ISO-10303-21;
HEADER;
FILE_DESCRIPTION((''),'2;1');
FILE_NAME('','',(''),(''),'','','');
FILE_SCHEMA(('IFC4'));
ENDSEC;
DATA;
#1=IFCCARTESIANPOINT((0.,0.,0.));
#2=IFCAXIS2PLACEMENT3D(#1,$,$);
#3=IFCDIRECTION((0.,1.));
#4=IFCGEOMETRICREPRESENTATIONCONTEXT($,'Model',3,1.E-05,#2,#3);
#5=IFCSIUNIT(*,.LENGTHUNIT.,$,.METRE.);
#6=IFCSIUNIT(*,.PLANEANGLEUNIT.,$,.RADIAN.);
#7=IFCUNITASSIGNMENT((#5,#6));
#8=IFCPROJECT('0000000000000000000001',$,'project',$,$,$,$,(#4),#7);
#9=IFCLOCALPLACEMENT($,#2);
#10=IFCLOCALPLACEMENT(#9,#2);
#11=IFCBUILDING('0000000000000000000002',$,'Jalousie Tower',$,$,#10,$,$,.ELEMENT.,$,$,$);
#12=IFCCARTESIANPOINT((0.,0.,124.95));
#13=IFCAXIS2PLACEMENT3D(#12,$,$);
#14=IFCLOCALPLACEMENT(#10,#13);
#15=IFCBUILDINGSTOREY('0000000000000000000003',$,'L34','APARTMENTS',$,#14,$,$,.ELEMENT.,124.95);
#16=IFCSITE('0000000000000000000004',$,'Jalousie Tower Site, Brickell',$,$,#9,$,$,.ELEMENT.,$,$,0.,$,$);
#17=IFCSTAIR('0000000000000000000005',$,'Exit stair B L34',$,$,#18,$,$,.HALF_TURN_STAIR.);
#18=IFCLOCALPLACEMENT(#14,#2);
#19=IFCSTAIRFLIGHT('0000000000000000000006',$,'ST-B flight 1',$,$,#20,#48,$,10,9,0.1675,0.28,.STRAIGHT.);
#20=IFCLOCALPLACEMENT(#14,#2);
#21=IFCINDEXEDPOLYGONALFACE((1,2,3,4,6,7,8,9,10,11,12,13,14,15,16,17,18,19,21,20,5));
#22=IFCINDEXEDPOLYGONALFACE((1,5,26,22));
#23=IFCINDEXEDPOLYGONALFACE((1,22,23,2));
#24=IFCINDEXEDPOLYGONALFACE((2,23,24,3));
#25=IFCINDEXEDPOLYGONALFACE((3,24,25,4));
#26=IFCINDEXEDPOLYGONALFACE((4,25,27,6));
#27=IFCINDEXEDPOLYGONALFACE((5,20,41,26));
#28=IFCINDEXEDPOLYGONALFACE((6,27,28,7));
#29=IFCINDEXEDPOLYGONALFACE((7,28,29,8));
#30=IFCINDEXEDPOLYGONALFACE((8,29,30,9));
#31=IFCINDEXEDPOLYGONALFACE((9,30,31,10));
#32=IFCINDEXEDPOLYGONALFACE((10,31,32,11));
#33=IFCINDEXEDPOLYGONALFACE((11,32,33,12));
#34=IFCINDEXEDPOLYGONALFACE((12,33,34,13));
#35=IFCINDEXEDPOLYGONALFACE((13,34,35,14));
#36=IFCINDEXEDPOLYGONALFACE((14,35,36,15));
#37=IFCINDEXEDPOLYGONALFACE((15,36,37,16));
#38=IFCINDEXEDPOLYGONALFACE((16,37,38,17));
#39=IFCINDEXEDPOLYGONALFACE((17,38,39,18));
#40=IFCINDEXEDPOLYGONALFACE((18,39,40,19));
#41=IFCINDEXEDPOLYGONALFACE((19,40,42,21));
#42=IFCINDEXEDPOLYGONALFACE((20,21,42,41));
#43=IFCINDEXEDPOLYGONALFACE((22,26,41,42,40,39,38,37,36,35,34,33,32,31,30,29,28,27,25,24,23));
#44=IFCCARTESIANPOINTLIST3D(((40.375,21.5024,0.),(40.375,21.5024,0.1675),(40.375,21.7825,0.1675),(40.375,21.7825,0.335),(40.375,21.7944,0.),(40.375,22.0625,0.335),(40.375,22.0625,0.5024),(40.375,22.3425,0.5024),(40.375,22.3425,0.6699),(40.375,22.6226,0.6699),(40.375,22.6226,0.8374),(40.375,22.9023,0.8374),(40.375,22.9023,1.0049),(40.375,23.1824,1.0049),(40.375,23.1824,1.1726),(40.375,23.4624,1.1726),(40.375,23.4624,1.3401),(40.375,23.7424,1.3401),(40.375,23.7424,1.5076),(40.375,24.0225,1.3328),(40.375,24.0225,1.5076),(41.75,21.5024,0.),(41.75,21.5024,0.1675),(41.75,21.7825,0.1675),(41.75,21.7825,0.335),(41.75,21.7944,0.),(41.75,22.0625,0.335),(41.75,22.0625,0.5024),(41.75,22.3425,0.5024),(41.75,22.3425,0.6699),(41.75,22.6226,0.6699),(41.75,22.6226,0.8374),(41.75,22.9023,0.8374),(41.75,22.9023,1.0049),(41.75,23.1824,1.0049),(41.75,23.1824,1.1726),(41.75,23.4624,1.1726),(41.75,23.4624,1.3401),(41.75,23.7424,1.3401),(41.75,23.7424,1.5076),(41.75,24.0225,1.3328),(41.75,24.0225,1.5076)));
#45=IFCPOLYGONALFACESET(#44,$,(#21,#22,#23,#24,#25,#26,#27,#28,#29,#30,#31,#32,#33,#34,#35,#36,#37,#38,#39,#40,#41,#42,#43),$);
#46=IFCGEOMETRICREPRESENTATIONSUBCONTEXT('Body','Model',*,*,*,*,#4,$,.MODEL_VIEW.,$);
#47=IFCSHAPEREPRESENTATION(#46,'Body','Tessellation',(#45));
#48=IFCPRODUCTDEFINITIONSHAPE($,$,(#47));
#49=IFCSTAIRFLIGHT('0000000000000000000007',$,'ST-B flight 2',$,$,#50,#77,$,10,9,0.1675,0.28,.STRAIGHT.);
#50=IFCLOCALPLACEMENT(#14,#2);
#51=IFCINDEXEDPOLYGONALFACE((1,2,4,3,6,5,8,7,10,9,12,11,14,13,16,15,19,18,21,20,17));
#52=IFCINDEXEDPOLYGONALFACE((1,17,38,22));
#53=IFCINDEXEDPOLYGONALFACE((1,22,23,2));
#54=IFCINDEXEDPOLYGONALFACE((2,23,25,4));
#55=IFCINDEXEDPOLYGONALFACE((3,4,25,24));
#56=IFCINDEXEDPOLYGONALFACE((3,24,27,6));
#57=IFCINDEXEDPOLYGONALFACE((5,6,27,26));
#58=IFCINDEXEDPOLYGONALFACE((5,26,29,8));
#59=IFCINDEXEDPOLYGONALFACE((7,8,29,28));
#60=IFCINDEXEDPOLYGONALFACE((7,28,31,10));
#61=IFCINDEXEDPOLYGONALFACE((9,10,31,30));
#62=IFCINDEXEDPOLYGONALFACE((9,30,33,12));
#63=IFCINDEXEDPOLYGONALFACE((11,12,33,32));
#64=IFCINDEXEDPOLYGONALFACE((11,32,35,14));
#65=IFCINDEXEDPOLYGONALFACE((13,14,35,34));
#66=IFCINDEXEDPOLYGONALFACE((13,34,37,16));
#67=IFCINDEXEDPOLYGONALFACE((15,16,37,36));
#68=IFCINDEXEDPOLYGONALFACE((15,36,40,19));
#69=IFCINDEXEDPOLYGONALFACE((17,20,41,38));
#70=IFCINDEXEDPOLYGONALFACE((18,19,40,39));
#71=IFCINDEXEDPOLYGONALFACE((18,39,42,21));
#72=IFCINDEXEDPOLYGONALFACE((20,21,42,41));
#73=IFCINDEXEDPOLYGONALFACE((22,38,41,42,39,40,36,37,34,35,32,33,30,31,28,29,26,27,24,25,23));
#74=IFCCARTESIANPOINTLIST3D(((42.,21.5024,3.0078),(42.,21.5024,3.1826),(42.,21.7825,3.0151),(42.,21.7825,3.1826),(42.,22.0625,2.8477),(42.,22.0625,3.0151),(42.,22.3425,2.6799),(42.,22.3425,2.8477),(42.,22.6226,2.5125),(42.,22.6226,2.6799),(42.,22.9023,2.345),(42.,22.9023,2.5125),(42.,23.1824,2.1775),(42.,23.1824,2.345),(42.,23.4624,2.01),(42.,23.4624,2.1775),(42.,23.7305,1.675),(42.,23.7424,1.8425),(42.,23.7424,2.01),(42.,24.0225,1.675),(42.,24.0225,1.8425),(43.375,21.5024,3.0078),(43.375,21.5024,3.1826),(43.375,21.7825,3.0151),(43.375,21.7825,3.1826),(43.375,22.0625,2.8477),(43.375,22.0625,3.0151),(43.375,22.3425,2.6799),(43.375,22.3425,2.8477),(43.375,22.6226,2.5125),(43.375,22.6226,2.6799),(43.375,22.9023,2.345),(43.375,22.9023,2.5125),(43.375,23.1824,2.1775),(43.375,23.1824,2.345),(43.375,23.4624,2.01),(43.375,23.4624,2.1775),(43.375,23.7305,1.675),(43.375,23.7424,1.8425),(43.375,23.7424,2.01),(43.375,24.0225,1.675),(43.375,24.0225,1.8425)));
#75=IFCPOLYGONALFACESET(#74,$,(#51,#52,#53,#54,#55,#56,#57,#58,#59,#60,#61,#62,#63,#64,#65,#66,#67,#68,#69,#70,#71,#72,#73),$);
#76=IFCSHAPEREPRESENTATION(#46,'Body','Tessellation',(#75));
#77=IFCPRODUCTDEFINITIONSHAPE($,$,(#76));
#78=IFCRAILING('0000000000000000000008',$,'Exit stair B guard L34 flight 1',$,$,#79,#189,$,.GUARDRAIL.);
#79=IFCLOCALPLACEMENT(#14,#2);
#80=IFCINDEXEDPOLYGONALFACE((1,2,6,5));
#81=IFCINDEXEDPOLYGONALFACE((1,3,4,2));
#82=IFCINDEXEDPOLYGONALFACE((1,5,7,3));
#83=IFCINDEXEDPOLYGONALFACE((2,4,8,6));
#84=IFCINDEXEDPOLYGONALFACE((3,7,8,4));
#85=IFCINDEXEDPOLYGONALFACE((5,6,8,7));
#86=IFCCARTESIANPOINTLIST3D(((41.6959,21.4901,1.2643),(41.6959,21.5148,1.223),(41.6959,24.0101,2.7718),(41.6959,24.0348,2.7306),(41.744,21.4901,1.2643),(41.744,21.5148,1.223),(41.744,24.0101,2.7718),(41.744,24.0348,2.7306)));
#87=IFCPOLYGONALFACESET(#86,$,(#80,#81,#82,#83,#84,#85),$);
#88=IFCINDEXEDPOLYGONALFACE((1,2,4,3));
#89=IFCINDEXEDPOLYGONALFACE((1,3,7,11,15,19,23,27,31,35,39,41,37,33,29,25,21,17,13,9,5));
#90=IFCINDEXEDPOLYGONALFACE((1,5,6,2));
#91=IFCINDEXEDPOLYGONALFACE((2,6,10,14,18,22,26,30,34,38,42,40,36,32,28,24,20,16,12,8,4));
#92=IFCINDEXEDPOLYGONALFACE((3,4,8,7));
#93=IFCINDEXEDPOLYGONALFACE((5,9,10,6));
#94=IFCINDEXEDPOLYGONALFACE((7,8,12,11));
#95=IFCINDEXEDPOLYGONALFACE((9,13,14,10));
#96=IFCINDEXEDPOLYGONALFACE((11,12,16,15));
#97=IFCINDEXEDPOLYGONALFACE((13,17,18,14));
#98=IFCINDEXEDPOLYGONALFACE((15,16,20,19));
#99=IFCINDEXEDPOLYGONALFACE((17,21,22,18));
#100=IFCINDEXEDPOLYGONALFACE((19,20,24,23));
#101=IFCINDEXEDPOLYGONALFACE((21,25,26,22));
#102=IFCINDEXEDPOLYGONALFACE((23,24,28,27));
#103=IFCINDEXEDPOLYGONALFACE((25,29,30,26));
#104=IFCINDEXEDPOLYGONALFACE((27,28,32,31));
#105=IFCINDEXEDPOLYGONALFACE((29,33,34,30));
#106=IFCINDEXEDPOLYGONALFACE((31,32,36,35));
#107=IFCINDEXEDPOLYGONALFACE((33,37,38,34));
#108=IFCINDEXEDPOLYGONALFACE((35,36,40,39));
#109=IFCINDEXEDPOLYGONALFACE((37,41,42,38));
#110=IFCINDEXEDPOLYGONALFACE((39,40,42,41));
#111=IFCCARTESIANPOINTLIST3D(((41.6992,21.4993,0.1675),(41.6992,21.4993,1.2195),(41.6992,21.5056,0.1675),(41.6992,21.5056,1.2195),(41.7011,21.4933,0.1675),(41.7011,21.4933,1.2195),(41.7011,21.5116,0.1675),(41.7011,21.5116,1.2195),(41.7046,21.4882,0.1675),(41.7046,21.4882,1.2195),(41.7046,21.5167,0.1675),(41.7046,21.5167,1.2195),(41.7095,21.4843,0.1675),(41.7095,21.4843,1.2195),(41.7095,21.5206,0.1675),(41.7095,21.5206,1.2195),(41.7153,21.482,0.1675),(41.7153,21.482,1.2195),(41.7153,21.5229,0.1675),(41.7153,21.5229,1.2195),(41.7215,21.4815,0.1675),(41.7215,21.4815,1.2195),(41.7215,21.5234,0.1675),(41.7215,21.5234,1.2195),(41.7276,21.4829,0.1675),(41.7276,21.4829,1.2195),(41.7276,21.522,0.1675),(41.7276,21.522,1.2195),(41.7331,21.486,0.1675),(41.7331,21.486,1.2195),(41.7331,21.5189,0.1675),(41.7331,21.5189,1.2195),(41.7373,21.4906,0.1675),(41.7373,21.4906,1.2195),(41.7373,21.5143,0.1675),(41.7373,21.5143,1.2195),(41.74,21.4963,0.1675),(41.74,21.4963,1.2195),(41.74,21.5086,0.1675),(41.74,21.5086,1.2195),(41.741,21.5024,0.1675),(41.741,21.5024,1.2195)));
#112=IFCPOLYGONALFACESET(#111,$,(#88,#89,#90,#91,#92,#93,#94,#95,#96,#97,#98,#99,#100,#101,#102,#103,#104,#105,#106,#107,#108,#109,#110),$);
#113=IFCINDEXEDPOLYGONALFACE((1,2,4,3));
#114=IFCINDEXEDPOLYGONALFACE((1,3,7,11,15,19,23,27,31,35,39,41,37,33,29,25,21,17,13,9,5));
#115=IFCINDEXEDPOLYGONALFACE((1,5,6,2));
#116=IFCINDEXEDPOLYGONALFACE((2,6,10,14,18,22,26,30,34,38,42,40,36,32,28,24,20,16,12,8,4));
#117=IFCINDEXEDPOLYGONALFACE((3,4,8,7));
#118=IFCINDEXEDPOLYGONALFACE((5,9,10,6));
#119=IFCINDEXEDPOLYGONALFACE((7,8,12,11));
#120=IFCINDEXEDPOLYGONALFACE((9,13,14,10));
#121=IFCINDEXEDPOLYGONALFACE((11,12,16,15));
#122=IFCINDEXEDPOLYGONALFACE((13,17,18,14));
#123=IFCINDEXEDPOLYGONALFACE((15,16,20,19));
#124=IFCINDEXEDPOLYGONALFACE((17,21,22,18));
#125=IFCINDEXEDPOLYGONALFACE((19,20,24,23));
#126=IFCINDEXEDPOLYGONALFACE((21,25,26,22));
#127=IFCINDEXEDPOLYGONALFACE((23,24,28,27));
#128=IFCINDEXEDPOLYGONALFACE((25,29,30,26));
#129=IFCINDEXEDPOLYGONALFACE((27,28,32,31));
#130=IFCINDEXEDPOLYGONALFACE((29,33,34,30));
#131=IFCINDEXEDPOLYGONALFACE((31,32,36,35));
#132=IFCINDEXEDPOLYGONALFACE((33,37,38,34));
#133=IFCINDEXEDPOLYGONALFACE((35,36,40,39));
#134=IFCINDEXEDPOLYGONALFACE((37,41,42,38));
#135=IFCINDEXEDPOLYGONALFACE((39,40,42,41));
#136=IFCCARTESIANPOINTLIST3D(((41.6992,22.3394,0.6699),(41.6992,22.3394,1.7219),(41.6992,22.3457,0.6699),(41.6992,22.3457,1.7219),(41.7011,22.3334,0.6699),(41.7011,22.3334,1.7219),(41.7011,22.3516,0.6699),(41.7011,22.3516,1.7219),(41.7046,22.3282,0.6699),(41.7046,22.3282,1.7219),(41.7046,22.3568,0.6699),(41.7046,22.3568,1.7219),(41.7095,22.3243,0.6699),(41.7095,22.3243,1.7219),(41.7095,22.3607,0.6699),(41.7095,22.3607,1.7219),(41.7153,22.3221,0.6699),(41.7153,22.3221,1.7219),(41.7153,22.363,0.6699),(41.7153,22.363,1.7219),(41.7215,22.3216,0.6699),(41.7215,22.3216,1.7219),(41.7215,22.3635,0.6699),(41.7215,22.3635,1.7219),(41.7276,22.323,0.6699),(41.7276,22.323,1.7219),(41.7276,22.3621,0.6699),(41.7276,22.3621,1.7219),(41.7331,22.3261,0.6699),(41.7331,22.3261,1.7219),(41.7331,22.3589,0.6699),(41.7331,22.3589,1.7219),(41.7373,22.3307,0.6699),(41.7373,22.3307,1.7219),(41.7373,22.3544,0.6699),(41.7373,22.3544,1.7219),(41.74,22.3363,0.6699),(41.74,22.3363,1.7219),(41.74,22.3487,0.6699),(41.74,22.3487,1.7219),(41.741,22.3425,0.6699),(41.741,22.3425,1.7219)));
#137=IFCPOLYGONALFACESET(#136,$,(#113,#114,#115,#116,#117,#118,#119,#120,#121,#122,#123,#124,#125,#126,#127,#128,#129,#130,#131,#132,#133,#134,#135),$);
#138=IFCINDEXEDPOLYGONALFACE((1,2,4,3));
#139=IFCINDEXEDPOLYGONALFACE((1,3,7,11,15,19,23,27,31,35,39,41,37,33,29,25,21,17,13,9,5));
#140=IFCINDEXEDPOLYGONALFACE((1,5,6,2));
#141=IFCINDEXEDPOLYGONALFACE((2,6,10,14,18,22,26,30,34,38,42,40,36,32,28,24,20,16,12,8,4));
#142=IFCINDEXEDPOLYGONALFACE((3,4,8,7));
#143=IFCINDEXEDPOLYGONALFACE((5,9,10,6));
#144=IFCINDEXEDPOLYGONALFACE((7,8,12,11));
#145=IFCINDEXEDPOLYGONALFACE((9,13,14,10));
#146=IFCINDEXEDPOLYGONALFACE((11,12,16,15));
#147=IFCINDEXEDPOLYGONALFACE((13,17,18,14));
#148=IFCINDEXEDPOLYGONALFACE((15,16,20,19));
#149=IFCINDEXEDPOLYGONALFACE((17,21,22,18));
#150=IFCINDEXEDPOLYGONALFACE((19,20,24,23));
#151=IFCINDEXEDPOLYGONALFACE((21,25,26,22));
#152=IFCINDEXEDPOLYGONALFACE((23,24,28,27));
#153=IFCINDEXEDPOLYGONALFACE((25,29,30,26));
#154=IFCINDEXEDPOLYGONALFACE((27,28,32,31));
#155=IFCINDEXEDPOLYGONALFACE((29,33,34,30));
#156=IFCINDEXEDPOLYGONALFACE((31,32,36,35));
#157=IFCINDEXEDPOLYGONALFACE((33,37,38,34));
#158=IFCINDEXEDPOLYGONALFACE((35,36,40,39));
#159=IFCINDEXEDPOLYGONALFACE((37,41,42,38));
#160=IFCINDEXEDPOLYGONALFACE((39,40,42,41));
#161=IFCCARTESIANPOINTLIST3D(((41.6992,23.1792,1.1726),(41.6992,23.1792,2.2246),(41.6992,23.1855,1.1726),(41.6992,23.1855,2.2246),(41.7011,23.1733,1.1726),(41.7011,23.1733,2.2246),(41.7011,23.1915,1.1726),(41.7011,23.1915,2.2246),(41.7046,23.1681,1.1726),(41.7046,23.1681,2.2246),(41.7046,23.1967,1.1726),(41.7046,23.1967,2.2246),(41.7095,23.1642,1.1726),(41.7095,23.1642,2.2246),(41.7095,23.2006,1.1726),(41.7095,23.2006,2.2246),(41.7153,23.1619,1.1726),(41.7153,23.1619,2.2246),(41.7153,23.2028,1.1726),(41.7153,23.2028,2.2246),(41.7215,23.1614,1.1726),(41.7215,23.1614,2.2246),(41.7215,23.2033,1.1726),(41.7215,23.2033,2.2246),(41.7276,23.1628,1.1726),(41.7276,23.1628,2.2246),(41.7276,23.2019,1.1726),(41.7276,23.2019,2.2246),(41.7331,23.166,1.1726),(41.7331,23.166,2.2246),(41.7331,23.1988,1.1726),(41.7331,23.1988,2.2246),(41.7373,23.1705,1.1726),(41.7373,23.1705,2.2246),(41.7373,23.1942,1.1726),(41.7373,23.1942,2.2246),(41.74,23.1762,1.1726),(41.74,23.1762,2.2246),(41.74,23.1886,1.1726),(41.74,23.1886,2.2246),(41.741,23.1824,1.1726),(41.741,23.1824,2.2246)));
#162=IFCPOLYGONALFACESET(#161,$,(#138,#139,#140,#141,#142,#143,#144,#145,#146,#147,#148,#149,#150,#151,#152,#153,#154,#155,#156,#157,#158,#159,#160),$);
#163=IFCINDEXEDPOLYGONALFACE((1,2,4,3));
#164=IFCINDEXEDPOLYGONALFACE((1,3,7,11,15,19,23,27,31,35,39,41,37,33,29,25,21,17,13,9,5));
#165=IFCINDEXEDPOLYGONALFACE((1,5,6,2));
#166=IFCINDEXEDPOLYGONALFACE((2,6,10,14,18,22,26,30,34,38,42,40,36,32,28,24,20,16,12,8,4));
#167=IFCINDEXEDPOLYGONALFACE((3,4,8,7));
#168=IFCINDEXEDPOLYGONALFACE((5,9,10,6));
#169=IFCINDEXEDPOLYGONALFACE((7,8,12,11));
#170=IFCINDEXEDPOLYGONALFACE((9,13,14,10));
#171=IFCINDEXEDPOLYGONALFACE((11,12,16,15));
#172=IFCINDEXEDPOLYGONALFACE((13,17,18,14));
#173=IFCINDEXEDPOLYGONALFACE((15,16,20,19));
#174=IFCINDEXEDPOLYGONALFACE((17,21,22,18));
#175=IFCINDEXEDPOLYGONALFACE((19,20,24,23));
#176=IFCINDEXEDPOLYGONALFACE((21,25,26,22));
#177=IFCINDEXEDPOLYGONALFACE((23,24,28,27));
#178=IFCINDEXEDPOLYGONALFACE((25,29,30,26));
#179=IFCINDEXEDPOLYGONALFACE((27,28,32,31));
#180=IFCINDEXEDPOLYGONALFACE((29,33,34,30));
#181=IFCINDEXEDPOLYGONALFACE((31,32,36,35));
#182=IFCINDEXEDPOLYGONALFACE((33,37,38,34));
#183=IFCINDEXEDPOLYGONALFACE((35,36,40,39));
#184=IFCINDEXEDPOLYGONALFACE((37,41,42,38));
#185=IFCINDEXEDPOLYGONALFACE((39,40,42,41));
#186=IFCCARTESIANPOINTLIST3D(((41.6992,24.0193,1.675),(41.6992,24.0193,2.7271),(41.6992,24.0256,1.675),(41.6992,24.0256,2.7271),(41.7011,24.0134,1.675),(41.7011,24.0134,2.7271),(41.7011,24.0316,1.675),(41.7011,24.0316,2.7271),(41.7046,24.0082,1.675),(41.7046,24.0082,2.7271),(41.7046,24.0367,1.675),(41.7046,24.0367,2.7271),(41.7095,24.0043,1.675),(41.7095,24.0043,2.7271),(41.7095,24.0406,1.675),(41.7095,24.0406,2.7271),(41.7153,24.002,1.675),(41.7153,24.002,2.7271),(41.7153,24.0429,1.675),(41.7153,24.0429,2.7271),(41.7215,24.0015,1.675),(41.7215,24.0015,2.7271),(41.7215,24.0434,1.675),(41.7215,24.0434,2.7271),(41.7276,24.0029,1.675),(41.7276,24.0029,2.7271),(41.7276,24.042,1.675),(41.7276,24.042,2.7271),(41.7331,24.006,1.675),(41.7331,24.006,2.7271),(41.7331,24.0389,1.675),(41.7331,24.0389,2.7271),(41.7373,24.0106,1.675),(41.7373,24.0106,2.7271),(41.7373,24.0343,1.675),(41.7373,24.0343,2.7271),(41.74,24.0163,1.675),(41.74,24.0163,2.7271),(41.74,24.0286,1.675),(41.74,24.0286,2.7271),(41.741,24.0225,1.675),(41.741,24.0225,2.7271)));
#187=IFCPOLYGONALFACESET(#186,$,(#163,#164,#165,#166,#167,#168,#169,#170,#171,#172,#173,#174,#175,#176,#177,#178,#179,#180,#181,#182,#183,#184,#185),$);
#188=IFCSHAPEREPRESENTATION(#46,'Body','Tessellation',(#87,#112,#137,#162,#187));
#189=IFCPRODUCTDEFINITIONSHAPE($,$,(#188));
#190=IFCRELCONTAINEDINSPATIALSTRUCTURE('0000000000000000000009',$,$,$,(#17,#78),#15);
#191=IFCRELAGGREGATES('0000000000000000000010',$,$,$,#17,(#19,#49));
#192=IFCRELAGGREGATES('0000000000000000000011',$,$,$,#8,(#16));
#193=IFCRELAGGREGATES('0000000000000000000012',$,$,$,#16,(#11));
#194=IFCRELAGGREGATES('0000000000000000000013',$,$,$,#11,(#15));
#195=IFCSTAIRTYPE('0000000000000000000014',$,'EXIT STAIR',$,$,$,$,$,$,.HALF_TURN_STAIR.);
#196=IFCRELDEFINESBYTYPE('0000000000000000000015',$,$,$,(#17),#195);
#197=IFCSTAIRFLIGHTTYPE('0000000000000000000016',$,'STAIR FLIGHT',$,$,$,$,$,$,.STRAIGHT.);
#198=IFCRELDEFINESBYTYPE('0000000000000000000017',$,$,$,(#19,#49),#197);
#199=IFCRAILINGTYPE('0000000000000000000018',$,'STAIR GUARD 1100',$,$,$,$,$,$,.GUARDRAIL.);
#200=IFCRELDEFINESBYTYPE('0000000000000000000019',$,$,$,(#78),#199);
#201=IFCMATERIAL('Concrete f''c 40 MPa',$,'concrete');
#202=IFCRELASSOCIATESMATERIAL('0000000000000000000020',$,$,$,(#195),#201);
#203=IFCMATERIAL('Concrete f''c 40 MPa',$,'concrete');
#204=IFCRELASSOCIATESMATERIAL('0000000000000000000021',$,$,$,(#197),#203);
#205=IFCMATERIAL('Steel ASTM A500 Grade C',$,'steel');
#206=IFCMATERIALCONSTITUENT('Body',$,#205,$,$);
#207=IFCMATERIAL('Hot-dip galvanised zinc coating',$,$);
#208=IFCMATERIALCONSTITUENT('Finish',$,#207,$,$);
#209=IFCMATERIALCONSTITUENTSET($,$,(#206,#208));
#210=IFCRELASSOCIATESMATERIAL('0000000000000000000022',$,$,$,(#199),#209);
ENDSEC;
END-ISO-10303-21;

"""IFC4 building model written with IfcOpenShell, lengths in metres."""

from ifc_helpers import new_model, si_unit, direction, frame, origin, origin_2d, place, context, subcontext, project, spatial, polyline, rectangle, circle, outline, extrude, material, constituent, constituent_set, type_object, element, aggregate, save


model = new_model("IFC4")

# Units and contexts
model_context = context("Model", 3, precision=1e-05, world=origin(), true_north=direction((0.0, 1.0)))
body_context = subcontext(model_context, "Body", "Model", "MODEL_VIEW")
ifc_project = project(units=[si_unit("LENGTHUNIT", "METRE"), si_unit("PLANEANGLEUNIT", "RADIAN")], contexts=[model_context])

# Site, building, storey
site_placement = place(None, origin())
site = spatial("IfcSite", under=ifc_project, at=site_placement, Name="Jalousie Tower Site, Brickell", CompositionType="ELEMENT", RefElevation=0.0)
building_placement = place(site_placement, origin())
building = spatial("IfcBuilding", under=site, at=building_placement, Name="Jalousie Tower", CompositionType="ELEMENT")
storey_placement = place(building_placement, frame((0.0, 0.0, 124.95)))
storey = spatial("IfcBuildingStorey", under=building, at=storey_placement, Name="L34", Description="APARTMENTS", CompositionType="ELEMENT", Elevation=124.95)

# Stair, stair flights
ifc_material_1 = material(Name="Concrete f'c 40 MPa", Category="concrete")
stair_type = type_object("IfcStairType", Name="EXIT STAIR", PredefinedType="HALF_TURN_STAIR", material=ifc_material_1)
stair_placement = place(storey_placement, origin())
stair = element("IfcStair", 1, at=stair_placement, inside=storey, type_object=stair_type, Name="Exit stair B L34", PredefinedType="HALF_TURN_STAIR")
ifc_material_2 = material(Name="Concrete f'c 40 MPa", Category="concrete")
stair_flight_type = type_object("IfcStairFlightType", Name="STAIR FLIGHT", PredefinedType="STRAIGHT", material=ifc_material_2)
stair_flight_1_placement = place(storey_placement, frame((41.0625, 21.5024, 0.0), z_axis=(0.0, 0.0, 1.0), x_axis=(0.0, 1.0, 0.0)))
stair_flight_1 = element("IfcStairFlight", 2, at=stair_flight_1_placement, type_object=stair_flight_type, Name="ST-B flight 1", NumberOfRisers=10, NumberOfTreads=9, PredefinedType="STRAIGHT", RiserHeight=0.1675, TreadLength=0.28, context=body_context, shape_type="SweptSolid", body=[
    extrude(outline(polyline([(0.0, 0.0), (0.0, 0.1675), (0.28, 0.1675), (0.28, 0.335), (0.5601, 0.335), (0.5601, 0.5024), (0.8401, 0.5024), (0.8401, 0.6699), (1.1201, 0.6699), (1.1201, 0.8374), (1.3999, 0.8374), (1.3999, 1.0049), (1.6799, 1.0049), (1.6799, 1.1726), (1.96, 1.1726), (1.96, 1.3401), (2.24, 1.3401), (2.24, 1.5076), (2.52, 1.5076), (2.52, 1.675), (2.52, 1.3328), (0.292, 0.0), (0.0, 0.0)])), frame((0.0, 0.6875, 0.0), z_axis=(0.0, -1.0, 0.0), x_axis=(1.0, 0.0, 0.0)), (0.0, 0.0, 1.0), 1.375),
])
stair_flight_2_placement = place(storey_placement, frame((42.6875, 24.0225, 1.675), z_axis=(0.0, 0.0, 1.0), x_axis=(0.0, -1.0, 0.0)))
stair_flight_2 = element("IfcStairFlight", 3, at=stair_flight_2_placement, type_object=stair_flight_type, Name="ST-B flight 2", NumberOfRisers=10, NumberOfTreads=9, PredefinedType="STRAIGHT", RiserHeight=0.1675, TreadLength=0.28, context=body_context, shape_type="SweptSolid", body=[
    extrude(outline(polyline([(0.0, 0.0), (0.0, 0.1675), (0.28, 0.1675), (0.28, 0.335), (0.5601, 0.335), (0.5601, 0.5024), (0.8401, 0.5024), (0.8401, 0.6699), (1.1201, 0.6699), (1.1201, 0.8374), (1.3999, 0.8374), (1.3999, 1.0049), (1.6799, 1.0049), (1.6799, 1.1726), (1.96, 1.1726), (1.96, 1.3401), (2.24, 1.3401), (2.24, 1.5076), (2.52, 1.5076), (2.52, 1.675), (2.52, 1.3328), (0.292, 0.0), (0.0, 0.0)])), frame((0.0, 0.6875, 0.0), z_axis=(0.0, -1.0, 0.0), x_axis=(1.0, 0.0, 0.0)), (0.0, 0.0, 1.0), 1.375),
])
aggregate(stair, [stair_flight_1, stair_flight_2])

# Railing
ifc_material_3 = material(Name="Steel ASTM A500 Grade C", Category="steel")
ifc_constituent_1 = constituent(ifc_material_3, Name="Body")
ifc_material_4 = material(Name="Hot-dip galvanised zinc coating")
ifc_constituent_2 = constituent(ifc_material_4, Name="Finish")
ifc_constituent_set_1 = constituent_set(constituents=[ifc_constituent_1, ifc_constituent_2])
railing_type_1 = type_object("IfcRailingType", Name="STAIR GUARD 1100", PredefinedType="GUARDRAIL", material=ifc_constituent_set_1)
railing_1_placement = place(storey_placement, frame((41.72, 21.5024, 0.1675)))
element("IfcRailing", 4, at=railing_1_placement, inside=storey, type_object=railing_type_1, Name="Exit stair B guard L34 flight 1", PredefinedType="GUARDRAIL", context=body_context, shape_type="SweptSolid", body=[
    extrude(rectangle(XDim=0.0481, YDim=0.0481, at=origin_2d()), frame((0.0, 0.0, 1.0762), z_axis=(0.0, 0.85816, 0.513383), x_axis=(-1.0, 0.0, 0.0)), (0.0, 0.0, 1.0), 2.9365),
    extrude(circle(Radius=0.021, at=origin_2d()), origin(), (0.0, 0.0, 1.0), 1.052),
    extrude(circle(Radius=0.021, at=origin_2d()), frame((0.0, 0.8401, 0.5024)), (0.0, 0.0, 1.0), 1.052),
    extrude(circle(Radius=0.021, at=origin_2d()), frame((0.0, 1.6799, 1.0051)), (0.0, 0.0, 1.0), 1.052),
    extrude(circle(Radius=0.021, at=origin_2d()), frame((0.0, 2.52, 1.5076)), (0.0, 0.0, 1.0), 1.052),
])

save(model, "model.ifc")
